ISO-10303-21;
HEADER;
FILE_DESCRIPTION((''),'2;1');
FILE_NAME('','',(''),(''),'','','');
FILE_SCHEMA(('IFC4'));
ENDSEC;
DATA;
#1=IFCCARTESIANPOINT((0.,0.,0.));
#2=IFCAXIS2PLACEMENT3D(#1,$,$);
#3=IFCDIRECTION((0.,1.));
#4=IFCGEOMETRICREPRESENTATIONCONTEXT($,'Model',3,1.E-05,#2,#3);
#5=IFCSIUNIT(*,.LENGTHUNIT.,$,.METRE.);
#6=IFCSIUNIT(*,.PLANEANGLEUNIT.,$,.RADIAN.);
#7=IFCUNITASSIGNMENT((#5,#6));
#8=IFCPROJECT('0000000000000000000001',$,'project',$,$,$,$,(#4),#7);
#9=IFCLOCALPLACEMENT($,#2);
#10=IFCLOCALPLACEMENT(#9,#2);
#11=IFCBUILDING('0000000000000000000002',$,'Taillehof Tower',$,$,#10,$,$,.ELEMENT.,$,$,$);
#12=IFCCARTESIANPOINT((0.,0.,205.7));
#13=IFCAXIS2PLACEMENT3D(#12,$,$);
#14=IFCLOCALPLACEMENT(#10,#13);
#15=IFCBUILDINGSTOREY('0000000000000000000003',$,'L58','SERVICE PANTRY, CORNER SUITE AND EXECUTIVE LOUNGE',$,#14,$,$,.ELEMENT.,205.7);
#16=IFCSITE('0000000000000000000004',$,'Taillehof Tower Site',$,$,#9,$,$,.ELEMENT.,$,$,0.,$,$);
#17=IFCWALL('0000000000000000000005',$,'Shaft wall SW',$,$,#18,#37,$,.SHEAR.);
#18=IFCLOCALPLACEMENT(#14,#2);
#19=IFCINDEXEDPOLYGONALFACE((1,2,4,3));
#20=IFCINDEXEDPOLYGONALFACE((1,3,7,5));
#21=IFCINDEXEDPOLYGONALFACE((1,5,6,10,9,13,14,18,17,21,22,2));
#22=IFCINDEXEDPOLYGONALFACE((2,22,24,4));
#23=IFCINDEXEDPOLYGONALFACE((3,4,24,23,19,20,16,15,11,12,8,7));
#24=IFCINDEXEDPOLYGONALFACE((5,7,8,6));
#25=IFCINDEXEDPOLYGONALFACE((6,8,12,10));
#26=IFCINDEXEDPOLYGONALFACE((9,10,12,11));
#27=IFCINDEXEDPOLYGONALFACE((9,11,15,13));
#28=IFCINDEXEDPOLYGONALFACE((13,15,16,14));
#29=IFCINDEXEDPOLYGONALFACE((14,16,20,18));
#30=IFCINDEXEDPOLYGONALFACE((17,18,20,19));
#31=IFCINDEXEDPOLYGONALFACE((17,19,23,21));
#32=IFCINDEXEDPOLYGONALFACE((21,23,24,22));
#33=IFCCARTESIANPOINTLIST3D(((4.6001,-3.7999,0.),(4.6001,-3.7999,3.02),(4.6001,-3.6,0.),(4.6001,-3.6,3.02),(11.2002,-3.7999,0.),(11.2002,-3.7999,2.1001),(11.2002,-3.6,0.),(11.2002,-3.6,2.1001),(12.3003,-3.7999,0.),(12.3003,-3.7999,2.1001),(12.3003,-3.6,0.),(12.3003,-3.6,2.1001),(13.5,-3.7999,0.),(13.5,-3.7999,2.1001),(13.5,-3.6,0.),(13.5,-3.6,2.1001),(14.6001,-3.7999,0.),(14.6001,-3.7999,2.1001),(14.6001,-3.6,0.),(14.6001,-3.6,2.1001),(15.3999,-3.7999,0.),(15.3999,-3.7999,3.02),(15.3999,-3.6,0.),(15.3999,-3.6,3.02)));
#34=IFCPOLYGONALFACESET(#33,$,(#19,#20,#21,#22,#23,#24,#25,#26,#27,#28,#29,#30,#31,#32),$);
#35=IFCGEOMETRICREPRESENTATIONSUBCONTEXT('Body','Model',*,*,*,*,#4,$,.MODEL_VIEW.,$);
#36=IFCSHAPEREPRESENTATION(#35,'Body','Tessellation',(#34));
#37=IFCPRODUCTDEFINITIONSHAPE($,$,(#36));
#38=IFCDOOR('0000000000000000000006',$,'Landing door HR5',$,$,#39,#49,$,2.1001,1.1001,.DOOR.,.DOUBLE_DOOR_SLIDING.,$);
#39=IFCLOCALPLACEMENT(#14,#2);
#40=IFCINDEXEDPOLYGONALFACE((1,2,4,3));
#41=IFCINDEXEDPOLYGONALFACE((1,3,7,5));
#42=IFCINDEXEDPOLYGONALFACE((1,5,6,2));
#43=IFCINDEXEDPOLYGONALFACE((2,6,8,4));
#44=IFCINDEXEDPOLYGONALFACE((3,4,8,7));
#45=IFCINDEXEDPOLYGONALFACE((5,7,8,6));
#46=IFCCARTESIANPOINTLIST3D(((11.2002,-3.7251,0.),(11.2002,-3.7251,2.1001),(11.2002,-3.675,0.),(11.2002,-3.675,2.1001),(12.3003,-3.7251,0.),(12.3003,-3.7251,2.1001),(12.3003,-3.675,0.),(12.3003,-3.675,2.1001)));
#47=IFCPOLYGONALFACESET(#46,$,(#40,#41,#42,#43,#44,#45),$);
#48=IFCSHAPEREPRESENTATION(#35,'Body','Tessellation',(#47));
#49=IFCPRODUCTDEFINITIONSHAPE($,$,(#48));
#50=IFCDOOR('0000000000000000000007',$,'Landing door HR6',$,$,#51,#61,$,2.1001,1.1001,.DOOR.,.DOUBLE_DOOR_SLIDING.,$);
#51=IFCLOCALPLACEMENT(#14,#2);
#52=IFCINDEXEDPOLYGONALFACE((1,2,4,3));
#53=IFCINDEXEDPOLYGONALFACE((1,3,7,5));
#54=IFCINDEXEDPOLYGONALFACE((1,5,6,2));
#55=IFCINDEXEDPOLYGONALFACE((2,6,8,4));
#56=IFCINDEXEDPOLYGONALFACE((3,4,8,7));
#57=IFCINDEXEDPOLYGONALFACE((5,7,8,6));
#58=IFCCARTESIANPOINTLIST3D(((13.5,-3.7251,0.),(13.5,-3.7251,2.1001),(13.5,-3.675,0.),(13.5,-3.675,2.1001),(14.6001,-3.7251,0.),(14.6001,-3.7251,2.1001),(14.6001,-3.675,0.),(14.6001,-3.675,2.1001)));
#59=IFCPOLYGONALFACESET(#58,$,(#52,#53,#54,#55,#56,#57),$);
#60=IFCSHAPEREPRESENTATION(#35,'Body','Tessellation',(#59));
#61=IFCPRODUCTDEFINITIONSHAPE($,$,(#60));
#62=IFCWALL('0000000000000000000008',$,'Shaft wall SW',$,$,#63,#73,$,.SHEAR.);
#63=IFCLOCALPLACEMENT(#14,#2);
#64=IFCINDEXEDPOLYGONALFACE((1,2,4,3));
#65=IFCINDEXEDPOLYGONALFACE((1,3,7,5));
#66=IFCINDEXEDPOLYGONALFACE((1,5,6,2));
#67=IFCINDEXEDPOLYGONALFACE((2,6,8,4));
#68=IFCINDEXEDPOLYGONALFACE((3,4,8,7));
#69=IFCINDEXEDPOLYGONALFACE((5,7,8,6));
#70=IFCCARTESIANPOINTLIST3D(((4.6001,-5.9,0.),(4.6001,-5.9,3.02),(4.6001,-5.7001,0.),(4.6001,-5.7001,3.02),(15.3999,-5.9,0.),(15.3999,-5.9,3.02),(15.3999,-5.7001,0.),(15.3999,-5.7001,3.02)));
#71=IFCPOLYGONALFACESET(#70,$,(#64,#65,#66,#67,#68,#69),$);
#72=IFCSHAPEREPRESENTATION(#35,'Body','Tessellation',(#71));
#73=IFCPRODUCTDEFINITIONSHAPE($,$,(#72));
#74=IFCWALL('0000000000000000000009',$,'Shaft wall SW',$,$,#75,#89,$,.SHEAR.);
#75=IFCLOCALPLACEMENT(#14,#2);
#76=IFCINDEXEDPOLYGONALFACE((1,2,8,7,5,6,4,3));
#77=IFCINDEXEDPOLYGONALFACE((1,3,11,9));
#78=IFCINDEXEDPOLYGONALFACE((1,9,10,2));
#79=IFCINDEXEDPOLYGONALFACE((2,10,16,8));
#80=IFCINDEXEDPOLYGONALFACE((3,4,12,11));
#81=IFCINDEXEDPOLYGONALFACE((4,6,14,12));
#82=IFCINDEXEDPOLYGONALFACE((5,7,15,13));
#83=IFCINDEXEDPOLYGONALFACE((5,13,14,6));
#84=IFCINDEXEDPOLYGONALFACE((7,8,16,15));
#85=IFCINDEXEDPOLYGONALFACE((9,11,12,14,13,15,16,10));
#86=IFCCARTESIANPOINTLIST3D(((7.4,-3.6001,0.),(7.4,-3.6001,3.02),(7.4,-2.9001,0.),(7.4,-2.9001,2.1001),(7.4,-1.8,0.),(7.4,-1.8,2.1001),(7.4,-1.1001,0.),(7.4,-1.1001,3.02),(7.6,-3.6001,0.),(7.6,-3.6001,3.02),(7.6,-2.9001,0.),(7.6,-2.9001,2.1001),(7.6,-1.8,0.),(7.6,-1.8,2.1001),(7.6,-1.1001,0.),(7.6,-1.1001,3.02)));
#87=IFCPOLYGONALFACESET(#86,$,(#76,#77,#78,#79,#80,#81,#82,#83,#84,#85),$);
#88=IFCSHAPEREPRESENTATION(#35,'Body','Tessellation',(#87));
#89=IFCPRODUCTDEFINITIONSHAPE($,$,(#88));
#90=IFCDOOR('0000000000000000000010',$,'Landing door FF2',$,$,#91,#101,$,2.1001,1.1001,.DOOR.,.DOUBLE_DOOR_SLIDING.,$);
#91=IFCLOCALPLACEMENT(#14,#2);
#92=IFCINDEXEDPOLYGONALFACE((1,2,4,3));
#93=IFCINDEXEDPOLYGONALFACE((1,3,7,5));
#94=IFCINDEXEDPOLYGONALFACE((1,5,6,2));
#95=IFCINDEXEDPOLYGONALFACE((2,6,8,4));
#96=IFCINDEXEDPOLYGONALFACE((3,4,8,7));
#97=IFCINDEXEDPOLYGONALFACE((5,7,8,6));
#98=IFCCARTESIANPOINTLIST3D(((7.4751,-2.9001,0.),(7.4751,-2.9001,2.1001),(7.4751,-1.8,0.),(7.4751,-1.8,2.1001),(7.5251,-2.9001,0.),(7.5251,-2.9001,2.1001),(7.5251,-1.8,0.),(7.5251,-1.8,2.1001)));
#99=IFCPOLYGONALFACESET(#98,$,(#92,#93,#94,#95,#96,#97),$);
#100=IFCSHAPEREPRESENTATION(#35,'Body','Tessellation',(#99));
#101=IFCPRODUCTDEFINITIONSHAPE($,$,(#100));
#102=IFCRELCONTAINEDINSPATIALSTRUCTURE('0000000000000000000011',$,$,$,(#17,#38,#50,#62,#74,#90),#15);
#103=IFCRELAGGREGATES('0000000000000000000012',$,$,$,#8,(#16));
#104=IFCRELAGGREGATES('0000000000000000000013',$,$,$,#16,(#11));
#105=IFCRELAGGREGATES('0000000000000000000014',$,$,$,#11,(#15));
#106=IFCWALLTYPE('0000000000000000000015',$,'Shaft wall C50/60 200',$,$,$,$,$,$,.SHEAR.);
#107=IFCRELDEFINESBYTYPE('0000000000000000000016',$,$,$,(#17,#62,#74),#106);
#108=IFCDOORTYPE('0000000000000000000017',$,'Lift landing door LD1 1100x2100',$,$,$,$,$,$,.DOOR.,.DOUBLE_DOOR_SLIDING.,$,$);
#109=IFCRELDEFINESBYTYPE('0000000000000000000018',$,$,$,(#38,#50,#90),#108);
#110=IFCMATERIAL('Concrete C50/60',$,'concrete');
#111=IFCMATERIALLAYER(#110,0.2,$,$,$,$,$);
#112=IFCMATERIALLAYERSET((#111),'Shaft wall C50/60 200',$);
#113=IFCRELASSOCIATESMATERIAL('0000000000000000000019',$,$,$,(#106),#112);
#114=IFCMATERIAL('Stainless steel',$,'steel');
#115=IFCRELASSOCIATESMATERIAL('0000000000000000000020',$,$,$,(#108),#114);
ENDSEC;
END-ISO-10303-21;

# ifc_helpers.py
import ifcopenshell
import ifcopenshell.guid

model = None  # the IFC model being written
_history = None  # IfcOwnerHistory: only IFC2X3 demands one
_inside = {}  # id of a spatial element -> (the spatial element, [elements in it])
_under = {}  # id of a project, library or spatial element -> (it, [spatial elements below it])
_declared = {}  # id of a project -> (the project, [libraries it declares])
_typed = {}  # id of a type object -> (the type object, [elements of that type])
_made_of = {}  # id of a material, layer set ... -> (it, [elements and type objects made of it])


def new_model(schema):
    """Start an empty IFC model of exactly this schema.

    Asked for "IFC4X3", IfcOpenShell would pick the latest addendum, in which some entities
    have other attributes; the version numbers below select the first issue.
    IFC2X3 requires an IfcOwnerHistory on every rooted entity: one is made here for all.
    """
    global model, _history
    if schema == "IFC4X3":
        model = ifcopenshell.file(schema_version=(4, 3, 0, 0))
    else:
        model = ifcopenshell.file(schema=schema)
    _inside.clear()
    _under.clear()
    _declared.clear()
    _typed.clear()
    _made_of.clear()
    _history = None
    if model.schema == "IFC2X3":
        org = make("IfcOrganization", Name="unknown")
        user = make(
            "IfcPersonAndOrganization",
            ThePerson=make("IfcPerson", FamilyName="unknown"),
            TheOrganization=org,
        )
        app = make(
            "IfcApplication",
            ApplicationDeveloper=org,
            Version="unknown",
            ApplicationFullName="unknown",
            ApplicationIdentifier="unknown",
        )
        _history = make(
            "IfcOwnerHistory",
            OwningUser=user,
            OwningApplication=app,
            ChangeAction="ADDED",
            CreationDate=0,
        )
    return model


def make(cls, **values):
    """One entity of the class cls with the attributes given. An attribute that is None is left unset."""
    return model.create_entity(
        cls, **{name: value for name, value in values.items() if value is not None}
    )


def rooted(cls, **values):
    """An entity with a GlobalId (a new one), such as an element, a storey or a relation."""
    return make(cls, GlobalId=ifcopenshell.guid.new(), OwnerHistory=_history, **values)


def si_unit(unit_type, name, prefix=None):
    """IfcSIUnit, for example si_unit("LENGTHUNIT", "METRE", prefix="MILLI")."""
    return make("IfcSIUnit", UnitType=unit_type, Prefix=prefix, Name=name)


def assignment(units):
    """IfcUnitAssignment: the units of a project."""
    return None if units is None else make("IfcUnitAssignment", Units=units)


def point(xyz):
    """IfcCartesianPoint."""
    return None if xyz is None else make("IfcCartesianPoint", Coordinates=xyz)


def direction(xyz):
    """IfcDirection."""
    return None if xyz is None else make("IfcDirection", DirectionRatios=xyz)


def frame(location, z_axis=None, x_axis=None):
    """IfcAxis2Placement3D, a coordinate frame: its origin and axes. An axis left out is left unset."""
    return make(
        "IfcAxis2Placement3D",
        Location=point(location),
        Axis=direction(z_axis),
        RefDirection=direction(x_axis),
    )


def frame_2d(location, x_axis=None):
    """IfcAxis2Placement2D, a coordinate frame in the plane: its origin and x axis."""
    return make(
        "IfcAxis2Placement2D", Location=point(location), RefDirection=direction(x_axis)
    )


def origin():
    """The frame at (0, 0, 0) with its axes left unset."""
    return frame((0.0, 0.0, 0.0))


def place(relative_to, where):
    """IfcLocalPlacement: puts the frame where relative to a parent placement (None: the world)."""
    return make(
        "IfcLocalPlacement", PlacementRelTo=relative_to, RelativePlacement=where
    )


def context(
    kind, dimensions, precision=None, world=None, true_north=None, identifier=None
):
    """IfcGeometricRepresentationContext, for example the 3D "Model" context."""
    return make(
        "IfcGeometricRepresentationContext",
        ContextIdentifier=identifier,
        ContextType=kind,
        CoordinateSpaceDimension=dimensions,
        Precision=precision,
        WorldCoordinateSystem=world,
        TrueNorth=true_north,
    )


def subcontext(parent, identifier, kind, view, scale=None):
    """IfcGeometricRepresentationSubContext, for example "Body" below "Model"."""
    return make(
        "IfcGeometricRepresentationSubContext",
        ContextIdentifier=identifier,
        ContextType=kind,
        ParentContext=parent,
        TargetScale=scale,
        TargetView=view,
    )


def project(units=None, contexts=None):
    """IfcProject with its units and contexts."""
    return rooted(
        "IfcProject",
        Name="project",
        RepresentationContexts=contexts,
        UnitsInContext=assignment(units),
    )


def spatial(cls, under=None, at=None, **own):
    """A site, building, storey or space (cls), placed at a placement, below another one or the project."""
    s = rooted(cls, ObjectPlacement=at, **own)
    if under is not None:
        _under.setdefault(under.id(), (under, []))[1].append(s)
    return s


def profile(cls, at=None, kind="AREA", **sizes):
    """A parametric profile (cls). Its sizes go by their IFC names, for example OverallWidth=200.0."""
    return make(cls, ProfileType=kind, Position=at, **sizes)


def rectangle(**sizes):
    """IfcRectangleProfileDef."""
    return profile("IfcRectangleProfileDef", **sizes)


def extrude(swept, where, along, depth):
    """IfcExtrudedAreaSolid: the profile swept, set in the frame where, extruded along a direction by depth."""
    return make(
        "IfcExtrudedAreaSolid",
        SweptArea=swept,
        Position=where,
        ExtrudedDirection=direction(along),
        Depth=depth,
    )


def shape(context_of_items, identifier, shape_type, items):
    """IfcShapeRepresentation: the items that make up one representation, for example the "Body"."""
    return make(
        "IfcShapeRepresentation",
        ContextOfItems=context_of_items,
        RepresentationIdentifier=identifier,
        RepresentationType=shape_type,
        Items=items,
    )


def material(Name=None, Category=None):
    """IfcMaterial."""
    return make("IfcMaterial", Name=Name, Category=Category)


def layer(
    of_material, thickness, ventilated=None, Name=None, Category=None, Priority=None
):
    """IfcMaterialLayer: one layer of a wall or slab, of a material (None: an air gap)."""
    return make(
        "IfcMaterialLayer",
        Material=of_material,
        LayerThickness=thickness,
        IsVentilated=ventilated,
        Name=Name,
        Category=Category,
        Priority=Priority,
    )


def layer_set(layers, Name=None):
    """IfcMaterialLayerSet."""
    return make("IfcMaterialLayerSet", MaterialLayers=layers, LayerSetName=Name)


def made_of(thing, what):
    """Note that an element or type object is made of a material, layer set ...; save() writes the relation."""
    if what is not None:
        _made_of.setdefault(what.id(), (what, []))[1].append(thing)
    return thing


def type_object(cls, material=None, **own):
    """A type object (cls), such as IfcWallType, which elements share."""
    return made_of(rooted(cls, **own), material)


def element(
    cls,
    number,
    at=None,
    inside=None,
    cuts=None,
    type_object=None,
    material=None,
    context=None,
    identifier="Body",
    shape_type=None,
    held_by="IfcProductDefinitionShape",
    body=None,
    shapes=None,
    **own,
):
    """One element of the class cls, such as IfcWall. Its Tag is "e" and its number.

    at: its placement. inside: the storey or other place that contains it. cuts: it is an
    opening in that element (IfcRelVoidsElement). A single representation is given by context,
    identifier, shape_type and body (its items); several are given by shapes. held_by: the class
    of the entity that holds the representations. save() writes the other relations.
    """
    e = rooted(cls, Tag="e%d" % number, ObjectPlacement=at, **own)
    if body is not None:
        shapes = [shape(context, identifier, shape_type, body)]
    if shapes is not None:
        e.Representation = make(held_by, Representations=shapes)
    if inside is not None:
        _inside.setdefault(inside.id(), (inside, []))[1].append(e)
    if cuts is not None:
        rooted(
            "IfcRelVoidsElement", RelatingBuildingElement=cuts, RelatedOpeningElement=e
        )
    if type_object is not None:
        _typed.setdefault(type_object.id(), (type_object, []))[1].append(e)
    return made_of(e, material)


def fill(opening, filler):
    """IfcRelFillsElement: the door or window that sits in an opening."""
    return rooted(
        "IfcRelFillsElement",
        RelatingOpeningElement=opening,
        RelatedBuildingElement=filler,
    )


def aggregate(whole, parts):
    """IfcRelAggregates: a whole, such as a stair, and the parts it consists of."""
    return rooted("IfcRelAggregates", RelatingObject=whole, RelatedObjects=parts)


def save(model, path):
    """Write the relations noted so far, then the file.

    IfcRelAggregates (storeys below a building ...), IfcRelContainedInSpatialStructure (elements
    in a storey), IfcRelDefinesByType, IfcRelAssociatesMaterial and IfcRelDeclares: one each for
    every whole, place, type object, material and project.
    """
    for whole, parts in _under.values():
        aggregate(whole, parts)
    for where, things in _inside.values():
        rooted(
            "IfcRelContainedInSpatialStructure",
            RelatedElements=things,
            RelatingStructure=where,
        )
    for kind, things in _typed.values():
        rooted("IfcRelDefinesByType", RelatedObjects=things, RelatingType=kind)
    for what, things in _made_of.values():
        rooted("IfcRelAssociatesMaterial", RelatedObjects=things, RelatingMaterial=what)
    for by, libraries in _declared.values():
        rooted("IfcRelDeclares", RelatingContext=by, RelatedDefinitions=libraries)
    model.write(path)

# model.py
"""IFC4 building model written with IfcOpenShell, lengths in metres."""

from ifc_helpers import new_model, si_unit, direction, frame, frame_2d, origin, place, context, subcontext, project, spatial, rectangle, extrude, material, layer, layer_set, type_object, element, fill, save


model = new_model("IFC4")

# Units and contexts
model_context = context("Model", 3, precision=1e-05, world=origin(), true_north=direction((0.0, 1.0)))
body_context = subcontext(model_context, "Body", "Model", "MODEL_VIEW")
ifc_project = project(units=[si_unit("LENGTHUNIT", "METRE"), si_unit("PLANEANGLEUNIT", "RADIAN")], contexts=[model_context])

# Site, building, storey
site_placement = place(None, origin())
site = spatial("IfcSite", under=ifc_project, at=site_placement, Name="Taillehof Tower Site", CompositionType="ELEMENT", RefElevation=0.0)
building_placement = place(site_placement, origin())
building = spatial("IfcBuilding", under=site, at=building_placement, Name="Taillehof Tower", CompositionType="ELEMENT")
storey_placement = place(building_placement, frame((0.0, 0.0, 205.7)))
storey = spatial("IfcBuildingStorey", under=building, at=storey_placement, Name="L58", Description="SERVICE PANTRY, CORNER SUITE AND EXECUTIVE LOUNGE", CompositionType="ELEMENT", Elevation=205.7)

# Shared definitions
ifc_material_1 = material(Name="Concrete C50/60", Category="concrete")
ifc_layer_1 = layer(ifc_material_1, 0.2)
ifc_layer_set_1 = layer_set([ifc_layer_1], Name="Shaft wall C50/60 200")
wall_type_1 = type_object("IfcWallType", Name="Shaft wall C50/60 200", PredefinedType="SHEAR", material=ifc_layer_set_1)

# Wall, openings, doors
wall_1_placement = place(storey_placement, frame((4.6001, -3.7, 0.0), z_axis=(0.0, 0.0, 1.0), x_axis=(1.0, 0.0, 0.0)))
wall_1 = element("IfcWall", 1, at=wall_1_placement, inside=storey, type_object=wall_type_1, Name="Shaft wall SW", PredefinedType="SHEAR", context=body_context, shape_type="SweptSolid", body=[
    extrude(rectangle(XDim=10.7998, YDim=0.2, at=frame_2d((5.3999, 0.0))), origin(), (0.0, 0.0, 1.0), 3.02),
])
opening_1_placement = place(wall_1_placement, frame((6.6001, 0.0, 0.0)))
opening_1 = element("IfcOpeningElement", 2, at=opening_1_placement, cuts=wall_1, PredefinedType="OPENING", context=body_context, shape_type="SweptSolid", body=[
    extrude(rectangle(XDim=1.1001, YDim=2.1001, at=frame_2d((0.55, 1.05))), frame((0.0, 0.1099, 0.0), z_axis=(0.0, -1.0, 0.0), x_axis=(1.0, 0.0, 0.0)), (0.0, 0.0, 1.0), 0.22),
])
opening_2_placement = place(wall_1_placement, frame((8.8999, 0.0, 0.0)))
opening_2 = element("IfcOpeningElement", 3, at=opening_2_placement, cuts=wall_1, PredefinedType="OPENING", context=body_context, shape_type="SweptSolid", body=[
    extrude(rectangle(XDim=1.1001, YDim=2.1001, at=frame_2d((0.55, 1.05))), frame((0.0, 0.1099, 0.0), z_axis=(0.0, -1.0, 0.0), x_axis=(1.0, 0.0, 0.0)), (0.0, 0.0, 1.0), 0.22),
])
ifc_material_2 = material(Name="Stainless steel", Category="steel")
door_type_1 = type_object("IfcDoorType", Name="Lift landing door LD1 1100x2100", OperationType="DOUBLE_DOOR_SLIDING", PredefinedType="DOOR", material=ifc_material_2)
door_1_placement = place(opening_1_placement, origin())
door_1 = element("IfcDoor", 4, at=door_1_placement, inside=storey, type_object=door_type_1, Name="Landing door HR5", OperationType="DOUBLE_DOOR_SLIDING", OverallHeight=2.1001, OverallWidth=1.1001, PredefinedType="DOOR", context=body_context, shape_type="SweptSolid", body=[
    extrude(rectangle(XDim=1.1001, YDim=2.1001, at=frame_2d((0.55, 1.05))), frame((0.0, 0.0249, 0.0), z_axis=(0.0, -1.0, 0.0), x_axis=(1.0, 0.0, 0.0)), (0.0, 0.0, 1.0), 0.05),
])
fill(opening_1, door_1)
door_2_placement = place(opening_2_placement, origin())
door_2 = element("IfcDoor", 5, at=door_2_placement, inside=storey, type_object=door_type_1, Name="Landing door HR6", OperationType="DOUBLE_DOOR_SLIDING", OverallHeight=2.1001, OverallWidth=1.1001, PredefinedType="DOOR", context=body_context, shape_type="SweptSolid", body=[
    extrude(rectangle(XDim=1.1001, YDim=2.1001, at=frame_2d((0.55, 1.05))), frame((0.0, 0.0249, 0.0), z_axis=(0.0, -1.0, 0.0), x_axis=(1.0, 0.0, 0.0)), (0.0, 0.0, 1.0), 0.05),
])
fill(opening_2, door_2)

# Wall
wall_2_placement = place(storey_placement, frame((4.6001, -5.8, 0.0), z_axis=(0.0, 0.0, 1.0), x_axis=(1.0, 0.0, 0.0)))
element("IfcWall", 6, at=wall_2_placement, inside=storey, type_object=wall_type_1, Name="Shaft wall SW", PredefinedType="SHEAR", context=body_context, shape_type="SweptSolid", body=[
    extrude(rectangle(XDim=10.7998, YDim=0.2, at=frame_2d((5.3999, 0.0))), origin(), (0.0, 0.0, 1.0), 3.02),
])

# Wall, opening, door
wall_3_placement = place(storey_placement, frame((7.5, -3.6001, 0.0), z_axis=(0.0, 0.0, 1.0), x_axis=(0.0, 1.0, 0.0)))
wall_3 = element("IfcWall", 7, at=wall_3_placement, inside=storey, type_object=wall_type_1, Name="Shaft wall SW", PredefinedType="SHEAR", context=body_context, shape_type="SweptSolid", body=[
    extrude(rectangle(XDim=2.5, YDim=0.2, at=frame_2d((1.25, 0.0))), origin(), (0.0, 0.0, 1.0), 3.02),
])
opening_3_placement = place(wall_3_placement, frame((0.7, 0.0, 0.0)))
opening_3 = element("IfcOpeningElement", 8, at=opening_3_placement, cuts=wall_3, PredefinedType="OPENING", context=body_context, shape_type="SweptSolid", body=[
    extrude(rectangle(XDim=1.1001, YDim=2.1001, at=frame_2d((0.55, 1.05))), frame((0.0, 0.1099, 0.0), z_axis=(0.0, -1.0, 0.0), x_axis=(1.0, 0.0, 0.0)), (0.0, 0.0, 1.0), 0.22),
])
door_3_placement = place(opening_3_placement, origin())
door_3 = element("IfcDoor", 9, at=door_3_placement, inside=storey, type_object=door_type_1, Name="Landing door FF2", OperationType="DOUBLE_DOOR_SLIDING", OverallHeight=2.1001, OverallWidth=1.1001, PredefinedType="DOOR", context=body_context, shape_type="SweptSolid", body=[
    extrude(rectangle(XDim=1.1001, YDim=2.1001, at=frame_2d((0.55, 1.05))), frame((0.0, 0.0249, 0.0), z_axis=(0.0, -1.0, 0.0), x_axis=(1.0, 0.0, 0.0)), (0.0, 0.0, 1.0), 0.05),
])
fill(opening_3, door_3)

save(model, "model.ifc")
